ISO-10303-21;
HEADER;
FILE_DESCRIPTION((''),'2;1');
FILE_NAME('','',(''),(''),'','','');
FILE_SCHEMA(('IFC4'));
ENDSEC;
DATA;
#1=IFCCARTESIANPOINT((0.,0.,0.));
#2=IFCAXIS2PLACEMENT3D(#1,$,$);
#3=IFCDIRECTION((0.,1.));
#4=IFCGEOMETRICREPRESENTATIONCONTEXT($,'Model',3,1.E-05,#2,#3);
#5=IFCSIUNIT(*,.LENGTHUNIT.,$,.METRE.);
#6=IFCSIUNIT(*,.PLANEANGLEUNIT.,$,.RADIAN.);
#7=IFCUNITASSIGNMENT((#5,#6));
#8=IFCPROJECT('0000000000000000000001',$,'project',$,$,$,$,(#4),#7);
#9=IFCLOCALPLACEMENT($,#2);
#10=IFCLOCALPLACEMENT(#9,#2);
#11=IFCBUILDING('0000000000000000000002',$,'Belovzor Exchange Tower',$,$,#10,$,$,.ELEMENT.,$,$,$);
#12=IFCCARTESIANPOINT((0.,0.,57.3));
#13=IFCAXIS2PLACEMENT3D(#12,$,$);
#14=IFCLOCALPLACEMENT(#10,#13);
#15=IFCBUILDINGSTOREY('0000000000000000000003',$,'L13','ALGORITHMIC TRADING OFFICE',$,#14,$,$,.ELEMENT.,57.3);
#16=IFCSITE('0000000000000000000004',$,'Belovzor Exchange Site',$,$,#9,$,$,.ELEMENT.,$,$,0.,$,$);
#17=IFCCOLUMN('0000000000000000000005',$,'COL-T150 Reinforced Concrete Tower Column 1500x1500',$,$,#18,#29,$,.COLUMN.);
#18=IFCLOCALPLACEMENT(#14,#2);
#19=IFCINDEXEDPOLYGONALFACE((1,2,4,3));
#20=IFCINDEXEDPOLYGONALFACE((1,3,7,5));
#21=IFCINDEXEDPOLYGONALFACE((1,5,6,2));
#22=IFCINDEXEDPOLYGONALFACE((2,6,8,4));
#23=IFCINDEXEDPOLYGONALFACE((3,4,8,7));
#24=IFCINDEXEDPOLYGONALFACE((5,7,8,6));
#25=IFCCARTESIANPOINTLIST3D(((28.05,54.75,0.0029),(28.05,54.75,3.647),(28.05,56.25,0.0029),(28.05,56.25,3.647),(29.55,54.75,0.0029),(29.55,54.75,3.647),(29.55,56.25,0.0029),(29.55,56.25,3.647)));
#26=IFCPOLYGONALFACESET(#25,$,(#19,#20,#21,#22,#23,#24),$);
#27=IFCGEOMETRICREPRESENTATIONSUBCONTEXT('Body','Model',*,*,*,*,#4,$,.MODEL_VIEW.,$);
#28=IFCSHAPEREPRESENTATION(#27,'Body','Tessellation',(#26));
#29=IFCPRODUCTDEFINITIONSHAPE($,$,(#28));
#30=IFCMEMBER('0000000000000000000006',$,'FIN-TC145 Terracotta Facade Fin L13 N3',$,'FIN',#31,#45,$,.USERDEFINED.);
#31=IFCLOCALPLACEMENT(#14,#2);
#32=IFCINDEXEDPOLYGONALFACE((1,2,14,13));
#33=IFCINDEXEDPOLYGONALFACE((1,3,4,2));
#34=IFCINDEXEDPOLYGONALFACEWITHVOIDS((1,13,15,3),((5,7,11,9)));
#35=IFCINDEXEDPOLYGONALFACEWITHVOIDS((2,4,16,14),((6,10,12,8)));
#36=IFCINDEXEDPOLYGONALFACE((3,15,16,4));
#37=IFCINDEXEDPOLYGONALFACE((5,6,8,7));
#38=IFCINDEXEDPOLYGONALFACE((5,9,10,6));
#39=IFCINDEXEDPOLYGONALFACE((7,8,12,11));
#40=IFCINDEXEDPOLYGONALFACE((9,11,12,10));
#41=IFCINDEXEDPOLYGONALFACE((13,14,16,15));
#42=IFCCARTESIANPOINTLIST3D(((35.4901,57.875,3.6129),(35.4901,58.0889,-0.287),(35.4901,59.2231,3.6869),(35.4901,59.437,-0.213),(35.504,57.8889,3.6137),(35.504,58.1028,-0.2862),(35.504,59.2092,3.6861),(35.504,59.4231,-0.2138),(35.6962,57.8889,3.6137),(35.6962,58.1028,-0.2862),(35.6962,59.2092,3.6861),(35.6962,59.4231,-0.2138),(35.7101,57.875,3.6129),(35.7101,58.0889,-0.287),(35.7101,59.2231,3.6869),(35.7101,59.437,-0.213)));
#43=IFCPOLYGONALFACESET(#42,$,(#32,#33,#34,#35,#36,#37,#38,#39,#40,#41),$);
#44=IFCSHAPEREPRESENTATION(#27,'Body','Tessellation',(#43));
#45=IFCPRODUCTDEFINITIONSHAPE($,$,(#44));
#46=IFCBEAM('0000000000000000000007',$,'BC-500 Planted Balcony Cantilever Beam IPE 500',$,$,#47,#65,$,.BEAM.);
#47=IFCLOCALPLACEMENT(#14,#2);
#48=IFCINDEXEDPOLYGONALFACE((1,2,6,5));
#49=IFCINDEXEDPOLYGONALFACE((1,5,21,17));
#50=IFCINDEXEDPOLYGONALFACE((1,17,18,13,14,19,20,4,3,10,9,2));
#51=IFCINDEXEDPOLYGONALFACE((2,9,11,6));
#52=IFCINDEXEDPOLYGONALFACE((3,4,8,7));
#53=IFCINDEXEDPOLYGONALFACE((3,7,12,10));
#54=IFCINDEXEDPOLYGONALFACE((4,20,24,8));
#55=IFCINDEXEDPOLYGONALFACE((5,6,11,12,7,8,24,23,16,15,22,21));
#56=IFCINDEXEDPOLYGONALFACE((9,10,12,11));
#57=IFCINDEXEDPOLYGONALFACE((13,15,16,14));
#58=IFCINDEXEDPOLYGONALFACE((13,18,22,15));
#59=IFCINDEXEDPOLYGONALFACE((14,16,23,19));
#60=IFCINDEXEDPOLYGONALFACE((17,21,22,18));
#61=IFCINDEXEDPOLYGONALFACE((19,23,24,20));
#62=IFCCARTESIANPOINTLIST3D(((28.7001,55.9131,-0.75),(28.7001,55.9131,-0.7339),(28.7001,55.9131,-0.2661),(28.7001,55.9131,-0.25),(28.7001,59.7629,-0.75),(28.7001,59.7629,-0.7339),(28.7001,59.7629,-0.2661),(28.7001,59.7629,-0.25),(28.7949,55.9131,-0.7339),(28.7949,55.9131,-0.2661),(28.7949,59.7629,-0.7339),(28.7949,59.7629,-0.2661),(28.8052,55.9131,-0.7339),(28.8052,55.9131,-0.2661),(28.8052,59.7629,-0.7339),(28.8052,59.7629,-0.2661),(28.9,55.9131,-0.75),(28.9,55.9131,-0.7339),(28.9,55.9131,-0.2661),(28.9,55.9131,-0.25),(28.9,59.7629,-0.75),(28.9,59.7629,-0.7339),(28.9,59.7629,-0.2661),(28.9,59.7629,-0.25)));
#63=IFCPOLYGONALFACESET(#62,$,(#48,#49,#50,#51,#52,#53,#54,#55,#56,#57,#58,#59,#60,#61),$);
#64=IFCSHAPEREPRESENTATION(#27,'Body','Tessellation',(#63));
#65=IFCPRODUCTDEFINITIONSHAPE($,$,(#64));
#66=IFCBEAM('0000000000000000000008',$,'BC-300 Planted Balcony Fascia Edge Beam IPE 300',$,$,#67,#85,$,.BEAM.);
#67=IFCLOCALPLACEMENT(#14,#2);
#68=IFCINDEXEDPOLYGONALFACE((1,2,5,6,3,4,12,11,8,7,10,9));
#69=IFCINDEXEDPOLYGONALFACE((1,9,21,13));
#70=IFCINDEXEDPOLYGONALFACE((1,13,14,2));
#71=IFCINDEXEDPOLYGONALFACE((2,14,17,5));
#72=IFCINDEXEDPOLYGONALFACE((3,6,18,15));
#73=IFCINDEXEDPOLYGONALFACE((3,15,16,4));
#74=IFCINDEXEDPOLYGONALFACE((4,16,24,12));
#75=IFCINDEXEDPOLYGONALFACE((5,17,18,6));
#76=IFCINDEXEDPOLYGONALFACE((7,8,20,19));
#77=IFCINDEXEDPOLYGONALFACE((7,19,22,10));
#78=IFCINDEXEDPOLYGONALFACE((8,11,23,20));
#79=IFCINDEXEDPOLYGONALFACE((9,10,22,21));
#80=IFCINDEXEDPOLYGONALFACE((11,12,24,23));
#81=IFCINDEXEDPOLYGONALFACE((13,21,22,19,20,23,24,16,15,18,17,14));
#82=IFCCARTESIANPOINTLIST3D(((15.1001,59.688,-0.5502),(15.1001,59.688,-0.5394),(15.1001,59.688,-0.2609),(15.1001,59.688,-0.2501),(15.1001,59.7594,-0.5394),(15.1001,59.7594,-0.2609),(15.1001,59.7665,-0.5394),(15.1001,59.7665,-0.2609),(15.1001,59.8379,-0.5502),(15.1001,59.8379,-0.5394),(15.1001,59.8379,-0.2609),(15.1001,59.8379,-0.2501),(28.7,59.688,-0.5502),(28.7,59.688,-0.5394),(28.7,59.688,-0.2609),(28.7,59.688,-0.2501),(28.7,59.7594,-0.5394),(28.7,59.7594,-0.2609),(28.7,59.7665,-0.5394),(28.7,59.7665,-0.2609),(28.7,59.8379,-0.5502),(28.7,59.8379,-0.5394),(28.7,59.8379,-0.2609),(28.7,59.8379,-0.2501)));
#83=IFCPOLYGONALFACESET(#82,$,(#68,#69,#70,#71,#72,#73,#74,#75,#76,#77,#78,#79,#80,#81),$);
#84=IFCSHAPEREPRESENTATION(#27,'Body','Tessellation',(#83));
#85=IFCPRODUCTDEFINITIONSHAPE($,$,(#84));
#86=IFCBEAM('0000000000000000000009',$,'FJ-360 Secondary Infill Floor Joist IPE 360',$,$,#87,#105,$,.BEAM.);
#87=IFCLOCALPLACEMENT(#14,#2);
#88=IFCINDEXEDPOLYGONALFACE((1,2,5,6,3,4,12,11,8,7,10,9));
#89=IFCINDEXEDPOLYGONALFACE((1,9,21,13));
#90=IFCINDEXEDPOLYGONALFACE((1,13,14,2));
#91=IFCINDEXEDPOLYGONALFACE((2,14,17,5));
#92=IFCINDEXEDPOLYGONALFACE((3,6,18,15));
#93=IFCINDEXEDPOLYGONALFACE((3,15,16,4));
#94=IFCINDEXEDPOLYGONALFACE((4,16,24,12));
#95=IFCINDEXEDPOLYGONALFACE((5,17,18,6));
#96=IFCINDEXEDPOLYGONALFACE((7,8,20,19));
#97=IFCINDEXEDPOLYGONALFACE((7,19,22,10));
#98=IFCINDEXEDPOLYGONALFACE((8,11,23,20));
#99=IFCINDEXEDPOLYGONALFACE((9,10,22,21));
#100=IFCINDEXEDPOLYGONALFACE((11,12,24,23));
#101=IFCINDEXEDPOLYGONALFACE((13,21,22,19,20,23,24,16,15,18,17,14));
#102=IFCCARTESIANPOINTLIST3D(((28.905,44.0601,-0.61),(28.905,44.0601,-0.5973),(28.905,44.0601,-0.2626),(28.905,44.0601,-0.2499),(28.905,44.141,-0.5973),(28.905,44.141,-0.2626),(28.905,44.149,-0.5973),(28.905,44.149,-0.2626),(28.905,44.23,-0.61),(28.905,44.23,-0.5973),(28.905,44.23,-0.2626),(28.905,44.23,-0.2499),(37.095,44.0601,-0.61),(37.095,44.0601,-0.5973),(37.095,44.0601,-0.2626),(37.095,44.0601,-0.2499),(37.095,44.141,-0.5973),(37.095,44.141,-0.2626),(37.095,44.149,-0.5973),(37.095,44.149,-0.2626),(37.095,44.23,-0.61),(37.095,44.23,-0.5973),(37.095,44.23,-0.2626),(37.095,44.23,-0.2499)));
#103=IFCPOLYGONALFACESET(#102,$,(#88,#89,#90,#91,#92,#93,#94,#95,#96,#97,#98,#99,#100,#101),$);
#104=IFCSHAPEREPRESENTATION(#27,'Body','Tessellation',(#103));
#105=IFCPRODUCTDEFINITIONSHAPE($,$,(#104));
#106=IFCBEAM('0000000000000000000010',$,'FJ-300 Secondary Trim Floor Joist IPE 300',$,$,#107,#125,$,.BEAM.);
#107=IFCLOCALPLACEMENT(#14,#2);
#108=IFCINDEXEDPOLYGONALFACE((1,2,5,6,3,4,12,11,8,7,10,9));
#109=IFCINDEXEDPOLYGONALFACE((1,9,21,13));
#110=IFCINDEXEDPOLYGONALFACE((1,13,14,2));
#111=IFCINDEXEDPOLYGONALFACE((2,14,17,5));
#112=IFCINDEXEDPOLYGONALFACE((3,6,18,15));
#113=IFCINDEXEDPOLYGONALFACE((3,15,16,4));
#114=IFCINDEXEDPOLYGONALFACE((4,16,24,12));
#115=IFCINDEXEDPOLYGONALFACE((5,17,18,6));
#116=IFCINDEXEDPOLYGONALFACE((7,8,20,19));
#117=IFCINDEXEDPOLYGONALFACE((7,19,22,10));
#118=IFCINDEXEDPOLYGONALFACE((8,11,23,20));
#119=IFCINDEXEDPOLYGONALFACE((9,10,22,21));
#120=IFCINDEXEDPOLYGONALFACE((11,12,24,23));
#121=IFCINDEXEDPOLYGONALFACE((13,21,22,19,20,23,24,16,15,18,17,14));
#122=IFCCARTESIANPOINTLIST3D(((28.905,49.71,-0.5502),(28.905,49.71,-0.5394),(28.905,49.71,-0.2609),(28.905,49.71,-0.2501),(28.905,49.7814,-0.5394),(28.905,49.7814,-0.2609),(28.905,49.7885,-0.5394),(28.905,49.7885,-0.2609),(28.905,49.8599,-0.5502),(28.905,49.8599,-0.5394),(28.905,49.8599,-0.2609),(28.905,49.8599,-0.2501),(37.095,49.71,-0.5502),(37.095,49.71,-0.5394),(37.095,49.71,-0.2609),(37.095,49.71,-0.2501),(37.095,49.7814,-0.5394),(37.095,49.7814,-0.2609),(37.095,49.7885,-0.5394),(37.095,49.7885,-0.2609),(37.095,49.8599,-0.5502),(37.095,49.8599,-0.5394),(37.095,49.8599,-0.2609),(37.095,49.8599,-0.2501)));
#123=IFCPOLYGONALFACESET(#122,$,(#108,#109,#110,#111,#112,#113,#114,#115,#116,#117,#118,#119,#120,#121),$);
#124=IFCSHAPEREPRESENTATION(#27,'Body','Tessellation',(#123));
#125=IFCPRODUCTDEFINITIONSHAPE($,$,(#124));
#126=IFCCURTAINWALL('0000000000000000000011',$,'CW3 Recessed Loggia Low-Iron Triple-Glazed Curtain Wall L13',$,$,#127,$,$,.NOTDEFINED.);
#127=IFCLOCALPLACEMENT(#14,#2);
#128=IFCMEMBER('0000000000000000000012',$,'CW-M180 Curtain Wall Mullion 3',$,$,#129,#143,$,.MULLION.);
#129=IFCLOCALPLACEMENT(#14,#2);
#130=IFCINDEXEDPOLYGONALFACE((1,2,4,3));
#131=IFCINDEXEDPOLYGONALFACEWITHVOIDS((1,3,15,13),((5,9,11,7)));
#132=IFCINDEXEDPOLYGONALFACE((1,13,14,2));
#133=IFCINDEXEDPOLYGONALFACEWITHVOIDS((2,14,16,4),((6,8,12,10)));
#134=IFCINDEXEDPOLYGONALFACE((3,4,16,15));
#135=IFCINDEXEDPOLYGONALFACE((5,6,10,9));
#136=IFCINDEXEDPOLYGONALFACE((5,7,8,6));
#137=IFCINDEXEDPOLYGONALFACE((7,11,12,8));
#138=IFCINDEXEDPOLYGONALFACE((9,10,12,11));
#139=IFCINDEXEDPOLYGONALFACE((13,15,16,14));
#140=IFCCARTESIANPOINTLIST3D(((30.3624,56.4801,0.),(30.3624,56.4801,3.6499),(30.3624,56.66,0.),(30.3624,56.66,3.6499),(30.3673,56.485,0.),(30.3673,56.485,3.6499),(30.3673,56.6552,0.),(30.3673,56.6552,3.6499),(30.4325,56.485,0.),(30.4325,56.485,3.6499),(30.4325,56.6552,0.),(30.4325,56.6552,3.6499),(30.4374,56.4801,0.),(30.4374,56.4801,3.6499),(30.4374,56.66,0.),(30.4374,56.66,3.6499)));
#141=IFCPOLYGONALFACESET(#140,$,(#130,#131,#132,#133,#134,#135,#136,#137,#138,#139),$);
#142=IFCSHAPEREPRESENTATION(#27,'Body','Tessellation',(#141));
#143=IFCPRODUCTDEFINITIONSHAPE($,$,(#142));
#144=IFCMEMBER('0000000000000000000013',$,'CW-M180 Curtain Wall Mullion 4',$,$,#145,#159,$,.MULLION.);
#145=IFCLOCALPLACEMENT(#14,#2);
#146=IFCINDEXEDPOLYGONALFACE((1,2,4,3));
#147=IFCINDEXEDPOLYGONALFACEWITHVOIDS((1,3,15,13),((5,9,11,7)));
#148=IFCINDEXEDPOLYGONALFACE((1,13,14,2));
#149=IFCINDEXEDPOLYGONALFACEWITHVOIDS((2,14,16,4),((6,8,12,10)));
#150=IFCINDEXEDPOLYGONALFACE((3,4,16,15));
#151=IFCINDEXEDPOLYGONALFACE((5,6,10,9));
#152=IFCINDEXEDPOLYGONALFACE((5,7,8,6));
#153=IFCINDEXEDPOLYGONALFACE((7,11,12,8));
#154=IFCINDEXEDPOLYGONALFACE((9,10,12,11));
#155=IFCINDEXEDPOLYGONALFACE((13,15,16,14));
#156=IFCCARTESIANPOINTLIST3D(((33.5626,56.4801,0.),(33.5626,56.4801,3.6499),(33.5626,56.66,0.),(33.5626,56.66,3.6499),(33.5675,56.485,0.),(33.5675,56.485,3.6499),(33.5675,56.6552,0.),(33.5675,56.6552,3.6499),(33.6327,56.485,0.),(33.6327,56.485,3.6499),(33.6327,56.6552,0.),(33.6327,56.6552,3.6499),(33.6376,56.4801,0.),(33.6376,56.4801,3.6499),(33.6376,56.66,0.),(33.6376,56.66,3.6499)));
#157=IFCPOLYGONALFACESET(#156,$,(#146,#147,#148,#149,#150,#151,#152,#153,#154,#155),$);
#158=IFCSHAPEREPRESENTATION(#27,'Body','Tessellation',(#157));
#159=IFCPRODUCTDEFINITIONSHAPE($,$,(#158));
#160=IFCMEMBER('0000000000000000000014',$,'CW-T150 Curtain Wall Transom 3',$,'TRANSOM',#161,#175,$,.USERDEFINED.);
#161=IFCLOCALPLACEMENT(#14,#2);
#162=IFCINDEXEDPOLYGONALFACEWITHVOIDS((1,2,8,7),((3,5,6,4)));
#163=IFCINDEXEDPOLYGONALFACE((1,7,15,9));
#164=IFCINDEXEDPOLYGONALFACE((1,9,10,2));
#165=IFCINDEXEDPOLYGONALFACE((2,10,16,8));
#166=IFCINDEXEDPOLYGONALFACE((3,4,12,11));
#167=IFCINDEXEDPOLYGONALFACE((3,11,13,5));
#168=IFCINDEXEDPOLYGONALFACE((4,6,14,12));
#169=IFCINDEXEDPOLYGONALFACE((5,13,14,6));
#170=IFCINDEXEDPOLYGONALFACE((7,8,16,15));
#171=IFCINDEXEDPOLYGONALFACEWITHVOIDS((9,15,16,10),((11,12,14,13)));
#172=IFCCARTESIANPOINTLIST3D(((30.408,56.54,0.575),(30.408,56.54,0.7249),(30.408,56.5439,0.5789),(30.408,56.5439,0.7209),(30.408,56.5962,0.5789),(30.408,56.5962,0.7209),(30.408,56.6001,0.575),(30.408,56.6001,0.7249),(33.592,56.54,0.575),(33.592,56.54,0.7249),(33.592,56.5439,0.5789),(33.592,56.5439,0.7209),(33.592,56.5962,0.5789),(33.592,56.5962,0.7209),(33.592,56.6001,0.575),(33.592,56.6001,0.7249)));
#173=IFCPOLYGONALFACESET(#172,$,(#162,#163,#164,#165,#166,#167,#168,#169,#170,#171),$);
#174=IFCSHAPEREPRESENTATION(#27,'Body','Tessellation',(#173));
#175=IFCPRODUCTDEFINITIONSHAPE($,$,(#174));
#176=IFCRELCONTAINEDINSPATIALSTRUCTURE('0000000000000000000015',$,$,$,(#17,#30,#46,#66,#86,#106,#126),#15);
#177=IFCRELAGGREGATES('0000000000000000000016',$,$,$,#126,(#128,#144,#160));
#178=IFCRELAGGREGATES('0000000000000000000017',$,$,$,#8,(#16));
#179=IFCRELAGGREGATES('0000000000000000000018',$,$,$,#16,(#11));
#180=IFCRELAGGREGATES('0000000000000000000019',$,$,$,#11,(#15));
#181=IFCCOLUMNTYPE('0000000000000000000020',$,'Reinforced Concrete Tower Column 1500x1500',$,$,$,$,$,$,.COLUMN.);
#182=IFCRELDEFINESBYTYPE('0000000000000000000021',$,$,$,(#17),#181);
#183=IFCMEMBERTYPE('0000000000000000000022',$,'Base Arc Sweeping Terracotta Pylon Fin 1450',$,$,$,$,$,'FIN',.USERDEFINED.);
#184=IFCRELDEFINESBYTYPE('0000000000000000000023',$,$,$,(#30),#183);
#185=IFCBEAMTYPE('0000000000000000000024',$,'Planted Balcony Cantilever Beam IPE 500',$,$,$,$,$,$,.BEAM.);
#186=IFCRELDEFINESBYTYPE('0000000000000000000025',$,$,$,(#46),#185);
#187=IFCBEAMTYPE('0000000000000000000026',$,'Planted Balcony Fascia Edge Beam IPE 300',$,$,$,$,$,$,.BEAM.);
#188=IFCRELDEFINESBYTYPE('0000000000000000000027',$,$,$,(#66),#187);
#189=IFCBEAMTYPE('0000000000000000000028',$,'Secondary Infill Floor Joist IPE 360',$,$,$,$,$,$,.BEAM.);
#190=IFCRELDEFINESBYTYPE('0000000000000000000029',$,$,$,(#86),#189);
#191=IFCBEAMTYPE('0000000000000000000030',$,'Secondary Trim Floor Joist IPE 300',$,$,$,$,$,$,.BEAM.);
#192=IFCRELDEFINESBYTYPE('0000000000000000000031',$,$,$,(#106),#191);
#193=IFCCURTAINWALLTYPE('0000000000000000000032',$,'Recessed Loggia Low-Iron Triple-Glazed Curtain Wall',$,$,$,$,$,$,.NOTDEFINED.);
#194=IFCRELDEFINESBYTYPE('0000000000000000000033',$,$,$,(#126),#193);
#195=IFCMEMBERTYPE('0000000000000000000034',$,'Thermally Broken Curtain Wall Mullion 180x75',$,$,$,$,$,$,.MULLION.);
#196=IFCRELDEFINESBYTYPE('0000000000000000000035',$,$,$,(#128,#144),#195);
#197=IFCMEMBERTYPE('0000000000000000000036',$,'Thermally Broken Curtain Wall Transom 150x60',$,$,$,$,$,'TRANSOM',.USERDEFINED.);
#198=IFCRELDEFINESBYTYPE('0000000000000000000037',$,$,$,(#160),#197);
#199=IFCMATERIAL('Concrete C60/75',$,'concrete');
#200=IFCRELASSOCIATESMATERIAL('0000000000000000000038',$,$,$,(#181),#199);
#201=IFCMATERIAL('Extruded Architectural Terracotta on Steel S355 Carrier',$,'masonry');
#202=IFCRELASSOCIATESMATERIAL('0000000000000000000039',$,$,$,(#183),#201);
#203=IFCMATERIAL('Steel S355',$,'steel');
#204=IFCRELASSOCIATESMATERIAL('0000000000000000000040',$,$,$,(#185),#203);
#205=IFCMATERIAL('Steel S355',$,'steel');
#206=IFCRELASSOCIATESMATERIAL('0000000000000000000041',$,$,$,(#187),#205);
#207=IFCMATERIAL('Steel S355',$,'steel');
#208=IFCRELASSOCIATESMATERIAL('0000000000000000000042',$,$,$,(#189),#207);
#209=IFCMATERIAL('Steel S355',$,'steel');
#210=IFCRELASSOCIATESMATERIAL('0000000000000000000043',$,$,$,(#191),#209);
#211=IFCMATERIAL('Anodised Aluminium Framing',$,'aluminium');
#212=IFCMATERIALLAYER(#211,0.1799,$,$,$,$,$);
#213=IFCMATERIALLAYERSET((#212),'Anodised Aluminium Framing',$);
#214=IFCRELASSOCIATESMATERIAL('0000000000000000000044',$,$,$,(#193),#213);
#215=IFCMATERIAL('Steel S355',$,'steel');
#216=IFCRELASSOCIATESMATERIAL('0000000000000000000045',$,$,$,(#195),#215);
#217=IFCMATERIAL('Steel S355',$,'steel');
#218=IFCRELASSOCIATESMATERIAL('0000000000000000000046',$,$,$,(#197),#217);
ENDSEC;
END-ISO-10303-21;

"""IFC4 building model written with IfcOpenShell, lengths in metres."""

from ifc_helpers import new_model, si_unit, direction, frame, origin, origin_2d, place, context, subcontext, project, spatial, rectangle, hollow_rectangle, i_section, extrude, material, layer, layer_set, material_profile, profile_set, type_object, element, aggregate, save


model = new_model("IFC4")

# Units and contexts
model_context = context("Model", 3, precision=1e-05, world=origin(), true_north=direction((0.0, 1.0)))
body_context = subcontext(model_context, "Body", "Model", "MODEL_VIEW")
ifc_project = project(units=[si_unit("LENGTHUNIT", "METRE"), si_unit("PLANEANGLEUNIT", "RADIAN")], contexts=[model_context])

# Site, building, storey
site_placement = place(None, origin())
site = spatial("IfcSite", under=ifc_project, at=site_placement, Name="Belovzor Exchange Site", CompositionType="ELEMENT", RefElevation=0.0)
building_placement = place(site_placement, origin())
building = spatial("IfcBuilding", under=site, at=building_placement, Name="Belovzor Exchange Tower", CompositionType="ELEMENT")
storey_placement = place(building_placement, frame((0.0, 0.0, 57.3)))
storey = spatial("IfcBuildingStorey", under=building, at=storey_placement, Name="L13", Description="ALGORITHMIC TRADING OFFICE", CompositionType="ELEMENT", Elevation=57.3)

# Column
ifc_material_1 = material(Name="Concrete C60/75", Category="concrete")
ifc_material_profile_1 = material_profile(ifc_material_1, rectangle(XDim=1.5, YDim=1.5, at=origin_2d()))
ifc_profile_set_1 = profile_set([ifc_material_profile_1], Name="Concrete C60/75")
column_type = type_object("IfcColumnType", Name="Reinforced Concrete Tower Column 1500x1500", PredefinedType="COLUMN", material=ifc_profile_set_1)
column_placement = place(storey_placement, frame((28.8, 55.5, 0.0029), z_axis=(0.0, 0.0, 1.0), x_axis=(1.0, 0.0, 0.0)))
element("IfcColumn", 1, at=column_placement, inside=storey, type_object=column_type, Name="COL-T150 Reinforced Concrete Tower Column 1500x1500", PredefinedType="COLUMN", context=body_context, shape_type="SweptSolid", body=[
    extrude(rectangle(XDim=1.5, YDim=1.5, at=origin_2d()), origin(), (0.0, 0.0, 1.0), 3.644),
])

# Member
ifc_material_2 = material(Name="Extruded Architectural Terracotta on Steel S355 Carrier", Category="masonry")
ifc_material_profile_2 = material_profile(ifc_material_2, hollow_rectangle(XDim=0.22, YDim=1.3501, WallThickness=0.0139, at=origin_2d()))
ifc_profile_set_2 = profile_set([ifc_material_profile_2], Name="Extruded Architectural Terracotta on Steel S355 Carrier")
member_type_1 = type_object("IfcMemberType", Name="Base Arc Sweeping Terracotta Pylon Fin 1450", ElementType="FIN", PredefinedType="USERDEFINED", material=ifc_profile_set_2)
member_1_placement = place(storey_placement, frame((35.6001, 58.7629, -0.25), z_axis=(0.0, -0.054757, 0.9985), x_axis=(1.0, 0.0, 0.0)))
element("IfcMember", 2, at=member_1_placement, inside=storey, type_object=member_type_1, Name="FIN-TC145 Terracotta Facade Fin L13 N3", ObjectType="FIN", PredefinedType="USERDEFINED", context=body_context, shape_type="SweptSolid", body=[
    extrude(hollow_rectangle(XDim=0.22, YDim=1.3501, WallThickness=0.0139, at=origin_2d()), origin(), (0.0, 0.0, 1.0), 3.9058),
])

# Beams
ifc_material_3 = material(Name="Steel S355", Category="steel")
ifc_material_profile_3 = material_profile(ifc_material_3, i_section(OverallWidth=0.2, OverallDepth=0.5, WebThickness=0.0103, FlangeThickness=0.0161, at=origin_2d()))
ifc_profile_set_3 = profile_set([ifc_material_profile_3], Name="Steel S355")
beam_type_1 = type_object("IfcBeamType", Name="Planted Balcony Cantilever Beam IPE 500", PredefinedType="BEAM", material=ifc_profile_set_3)
beam_1_placement = place(storey_placement, frame((28.8, 55.9131, -0.5), z_axis=(0.0, 1.0, 0.0), x_axis=(-1.0, 0.0, 0.0)))
element("IfcBeam", 3, at=beam_1_placement, inside=storey, type_object=beam_type_1, Name="BC-500 Planted Balcony Cantilever Beam IPE 500", PredefinedType="BEAM", context=body_context, shape_type="SweptSolid", body=[
    extrude(i_section(OverallWidth=0.2, OverallDepth=0.5, WebThickness=0.0103, FlangeThickness=0.0161, at=origin_2d()), origin(), (0.0, 0.0, 1.0), 3.8499),
])
ifc_material_4 = material(Name="Steel S355", Category="steel")
ifc_material_profile_4 = material_profile(ifc_material_4, i_section(OverallWidth=0.1499, OverallDepth=0.3, WebThickness=0.0071, FlangeThickness=0.0107, at=origin_2d()))
ifc_profile_set_4 = profile_set([ifc_material_profile_4], Name="Steel S355")
beam_type_2 = type_object("IfcBeamType", Name="Planted Balcony Fascia Edge Beam IPE 300", PredefinedType="BEAM", material=ifc_profile_set_4)
beam_2_placement = place(storey_placement, frame((28.7, 59.7629, -0.4001), z_axis=(-1.0, 0.0, 0.0), x_axis=(0.0, -1.0, 0.0)))
element("IfcBeam", 4, at=beam_2_placement, inside=storey, type_object=beam_type_2, Name="BC-300 Planted Balcony Fascia Edge Beam IPE 300", PredefinedType="BEAM", context=body_context, shape_type="SweptSolid", body=[
    extrude(i_section(OverallWidth=0.1499, OverallDepth=0.3, WebThickness=0.0071, FlangeThickness=0.0107, at=origin_2d()), origin(), (0.0, 0.0, 1.0), 13.5999),
])
ifc_material_5 = material(Name="Steel S355", Category="steel")
ifc_material_profile_5 = material_profile(ifc_material_5, i_section(OverallWidth=0.1699, OverallDepth=0.3601, WebThickness=0.0081, FlangeThickness=0.0127, at=origin_2d()))
ifc_profile_set_5 = profile_set([ifc_material_profile_5], Name="Steel S355")
beam_type_3 = type_object("IfcBeamType", Name="Secondary Infill Floor Joist IPE 360", PredefinedType="BEAM", material=ifc_profile_set_5)
beam_3_placement = place(storey_placement, frame((28.905, 44.145, -0.4299), z_axis=(1.0, 0.0, 0.0), x_axis=(0.0, 1.0, 0.0)))
element("IfcBeam", 5, at=beam_3_placement, inside=storey, type_object=beam_type_3, Name="FJ-360 Secondary Infill Floor Joist IPE 360", PredefinedType="BEAM", context=body_context, shape_type="SweptSolid", body=[
    extrude(i_section(OverallWidth=0.1699, OverallDepth=0.3601, WebThickness=0.0081, FlangeThickness=0.0127, at=origin_2d()), origin(), (0.0, 0.0, 1.0), 8.1899),
])
ifc_material_6 = material(Name="Steel S355", Category="steel")
ifc_material_profile_6 = material_profile(ifc_material_6, i_section(OverallWidth=0.1499, OverallDepth=0.3, WebThickness=0.0071, FlangeThickness=0.0107, at=origin_2d()))
ifc_profile_set_6 = profile_set([ifc_material_profile_6], Name="Steel S355")
beam_type_4 = type_object("IfcBeamType", Name="Secondary Trim Floor Joist IPE 300", PredefinedType="BEAM", material=ifc_profile_set_6)
beam_4_placement = place(storey_placement, frame((28.905, 49.7849, -0.4001), z_axis=(1.0, 0.0, 0.0), x_axis=(0.0, 1.0, 0.0)))
element("IfcBeam", 6, at=beam_4_placement, inside=storey, type_object=beam_type_4, Name="FJ-300 Secondary Trim Floor Joist IPE 300", PredefinedType="BEAM", context=body_context, shape_type="SweptSolid", body=[
    extrude(i_section(OverallWidth=0.1499, OverallDepth=0.3, WebThickness=0.0071, FlangeThickness=0.0107, at=origin_2d()), origin(), (0.0, 0.0, 1.0), 8.1899),
])

# Curtain wall, members
ifc_material_7 = material(Name="Anodised Aluminium Framing", Category="aluminium")
ifc_layer_1 = layer(ifc_material_7, 0.1799)
ifc_layer_set_1 = layer_set([ifc_layer_1], Name="Anodised Aluminium Framing")
curtain_wall_type = type_object("IfcCurtainWallType", Name="Recessed Loggia Low-Iron Triple-Glazed Curtain Wall", PredefinedType="NOTDEFINED", material=ifc_layer_set_1)
curtain_wall_placement = place(storey_placement, origin())
curtain_wall = element("IfcCurtainWall", 7, at=curtain_wall_placement, inside=storey, type_object=curtain_wall_type, Name="CW3 Recessed Loggia Low-Iron Triple-Glazed Curtain Wall L13", PredefinedType="NOTDEFINED")
ifc_material_8 = material(Name="Steel S355", Category="steel")
ifc_material_profile_7 = material_profile(ifc_material_8, hollow_rectangle(XDim=0.075, YDim=0.1799, WallThickness=0.0049, at=origin_2d()))
ifc_profile_set_7 = profile_set([ifc_material_profile_7], Name="Steel S355")
member_type_2 = type_object("IfcMemberType", Name="Thermally Broken Curtain Wall Mullion 180x75", PredefinedType="MULLION", material=ifc_profile_set_7)
member_2_placement = place(storey_placement, frame((30.3999, 56.5701, 0.0), z_axis=(0.0, 0.0, 1.0), x_axis=(1.0, 0.0, 0.0)))
member_2 = element("IfcMember", 8, at=member_2_placement, type_object=member_type_2, Name="CW-M180 Curtain Wall Mullion 3", PredefinedType="MULLION", context=body_context, shape_type="SweptSolid", body=[
    extrude(hollow_rectangle(XDim=0.075, YDim=0.1799, WallThickness=0.0049, at=origin_2d()), origin(), (0.0, 0.0, 1.0), 3.6499),
])
member_3_placement = place(storey_placement, frame((33.6001, 56.5701, 0.0), z_axis=(0.0, 0.0, 1.0), x_axis=(1.0, 0.0, 0.0)))
member_3 = element("IfcMember", 9, at=member_3_placement, type_object=member_type_2, Name="CW-M180 Curtain Wall Mullion 4", PredefinedType="MULLION", context=body_context, shape_type="SweptSolid", body=[
    extrude(hollow_rectangle(XDim=0.075, YDim=0.1799, WallThickness=0.0049, at=origin_2d()), origin(), (0.0, 0.0, 1.0), 3.6499),
])
ifc_material_9 = material(Name="Steel S355", Category="steel")
ifc_material_profile_8 = material_profile(ifc_material_9, hollow_rectangle(XDim=0.0601, YDim=0.1499, WallThickness=0.0039, at=origin_2d()))
ifc_profile_set_8 = profile_set([ifc_material_profile_8], Name="Steel S355")
member_type_3 = type_object("IfcMemberType", Name="Thermally Broken Curtain Wall Transom 150x60", ElementType="TRANSOM", PredefinedType="USERDEFINED", material=ifc_profile_set_8)
member_4_placement = place(storey_placement, frame((30.408, 56.5701, 0.6499), z_axis=(1.0, 0.0, 0.0), x_axis=(0.0, 1.0, 0.0)))
member_4 = element("IfcMember", 10, at=member_4_placement, type_object=member_type_3, Name="CW-T150 Curtain Wall Transom 3", ObjectType="TRANSOM", PredefinedType="USERDEFINED", context=body_context, shape_type="SweptSolid", body=[
    extrude(hollow_rectangle(XDim=0.0601, YDim=0.1499, WallThickness=0.0039, at=origin_2d()), origin(), (0.0, 0.0, 1.0), 3.1841),
])

aggregate(curtain_wall, [member_2, member_3, member_4])

save(model, "model.ifc")
